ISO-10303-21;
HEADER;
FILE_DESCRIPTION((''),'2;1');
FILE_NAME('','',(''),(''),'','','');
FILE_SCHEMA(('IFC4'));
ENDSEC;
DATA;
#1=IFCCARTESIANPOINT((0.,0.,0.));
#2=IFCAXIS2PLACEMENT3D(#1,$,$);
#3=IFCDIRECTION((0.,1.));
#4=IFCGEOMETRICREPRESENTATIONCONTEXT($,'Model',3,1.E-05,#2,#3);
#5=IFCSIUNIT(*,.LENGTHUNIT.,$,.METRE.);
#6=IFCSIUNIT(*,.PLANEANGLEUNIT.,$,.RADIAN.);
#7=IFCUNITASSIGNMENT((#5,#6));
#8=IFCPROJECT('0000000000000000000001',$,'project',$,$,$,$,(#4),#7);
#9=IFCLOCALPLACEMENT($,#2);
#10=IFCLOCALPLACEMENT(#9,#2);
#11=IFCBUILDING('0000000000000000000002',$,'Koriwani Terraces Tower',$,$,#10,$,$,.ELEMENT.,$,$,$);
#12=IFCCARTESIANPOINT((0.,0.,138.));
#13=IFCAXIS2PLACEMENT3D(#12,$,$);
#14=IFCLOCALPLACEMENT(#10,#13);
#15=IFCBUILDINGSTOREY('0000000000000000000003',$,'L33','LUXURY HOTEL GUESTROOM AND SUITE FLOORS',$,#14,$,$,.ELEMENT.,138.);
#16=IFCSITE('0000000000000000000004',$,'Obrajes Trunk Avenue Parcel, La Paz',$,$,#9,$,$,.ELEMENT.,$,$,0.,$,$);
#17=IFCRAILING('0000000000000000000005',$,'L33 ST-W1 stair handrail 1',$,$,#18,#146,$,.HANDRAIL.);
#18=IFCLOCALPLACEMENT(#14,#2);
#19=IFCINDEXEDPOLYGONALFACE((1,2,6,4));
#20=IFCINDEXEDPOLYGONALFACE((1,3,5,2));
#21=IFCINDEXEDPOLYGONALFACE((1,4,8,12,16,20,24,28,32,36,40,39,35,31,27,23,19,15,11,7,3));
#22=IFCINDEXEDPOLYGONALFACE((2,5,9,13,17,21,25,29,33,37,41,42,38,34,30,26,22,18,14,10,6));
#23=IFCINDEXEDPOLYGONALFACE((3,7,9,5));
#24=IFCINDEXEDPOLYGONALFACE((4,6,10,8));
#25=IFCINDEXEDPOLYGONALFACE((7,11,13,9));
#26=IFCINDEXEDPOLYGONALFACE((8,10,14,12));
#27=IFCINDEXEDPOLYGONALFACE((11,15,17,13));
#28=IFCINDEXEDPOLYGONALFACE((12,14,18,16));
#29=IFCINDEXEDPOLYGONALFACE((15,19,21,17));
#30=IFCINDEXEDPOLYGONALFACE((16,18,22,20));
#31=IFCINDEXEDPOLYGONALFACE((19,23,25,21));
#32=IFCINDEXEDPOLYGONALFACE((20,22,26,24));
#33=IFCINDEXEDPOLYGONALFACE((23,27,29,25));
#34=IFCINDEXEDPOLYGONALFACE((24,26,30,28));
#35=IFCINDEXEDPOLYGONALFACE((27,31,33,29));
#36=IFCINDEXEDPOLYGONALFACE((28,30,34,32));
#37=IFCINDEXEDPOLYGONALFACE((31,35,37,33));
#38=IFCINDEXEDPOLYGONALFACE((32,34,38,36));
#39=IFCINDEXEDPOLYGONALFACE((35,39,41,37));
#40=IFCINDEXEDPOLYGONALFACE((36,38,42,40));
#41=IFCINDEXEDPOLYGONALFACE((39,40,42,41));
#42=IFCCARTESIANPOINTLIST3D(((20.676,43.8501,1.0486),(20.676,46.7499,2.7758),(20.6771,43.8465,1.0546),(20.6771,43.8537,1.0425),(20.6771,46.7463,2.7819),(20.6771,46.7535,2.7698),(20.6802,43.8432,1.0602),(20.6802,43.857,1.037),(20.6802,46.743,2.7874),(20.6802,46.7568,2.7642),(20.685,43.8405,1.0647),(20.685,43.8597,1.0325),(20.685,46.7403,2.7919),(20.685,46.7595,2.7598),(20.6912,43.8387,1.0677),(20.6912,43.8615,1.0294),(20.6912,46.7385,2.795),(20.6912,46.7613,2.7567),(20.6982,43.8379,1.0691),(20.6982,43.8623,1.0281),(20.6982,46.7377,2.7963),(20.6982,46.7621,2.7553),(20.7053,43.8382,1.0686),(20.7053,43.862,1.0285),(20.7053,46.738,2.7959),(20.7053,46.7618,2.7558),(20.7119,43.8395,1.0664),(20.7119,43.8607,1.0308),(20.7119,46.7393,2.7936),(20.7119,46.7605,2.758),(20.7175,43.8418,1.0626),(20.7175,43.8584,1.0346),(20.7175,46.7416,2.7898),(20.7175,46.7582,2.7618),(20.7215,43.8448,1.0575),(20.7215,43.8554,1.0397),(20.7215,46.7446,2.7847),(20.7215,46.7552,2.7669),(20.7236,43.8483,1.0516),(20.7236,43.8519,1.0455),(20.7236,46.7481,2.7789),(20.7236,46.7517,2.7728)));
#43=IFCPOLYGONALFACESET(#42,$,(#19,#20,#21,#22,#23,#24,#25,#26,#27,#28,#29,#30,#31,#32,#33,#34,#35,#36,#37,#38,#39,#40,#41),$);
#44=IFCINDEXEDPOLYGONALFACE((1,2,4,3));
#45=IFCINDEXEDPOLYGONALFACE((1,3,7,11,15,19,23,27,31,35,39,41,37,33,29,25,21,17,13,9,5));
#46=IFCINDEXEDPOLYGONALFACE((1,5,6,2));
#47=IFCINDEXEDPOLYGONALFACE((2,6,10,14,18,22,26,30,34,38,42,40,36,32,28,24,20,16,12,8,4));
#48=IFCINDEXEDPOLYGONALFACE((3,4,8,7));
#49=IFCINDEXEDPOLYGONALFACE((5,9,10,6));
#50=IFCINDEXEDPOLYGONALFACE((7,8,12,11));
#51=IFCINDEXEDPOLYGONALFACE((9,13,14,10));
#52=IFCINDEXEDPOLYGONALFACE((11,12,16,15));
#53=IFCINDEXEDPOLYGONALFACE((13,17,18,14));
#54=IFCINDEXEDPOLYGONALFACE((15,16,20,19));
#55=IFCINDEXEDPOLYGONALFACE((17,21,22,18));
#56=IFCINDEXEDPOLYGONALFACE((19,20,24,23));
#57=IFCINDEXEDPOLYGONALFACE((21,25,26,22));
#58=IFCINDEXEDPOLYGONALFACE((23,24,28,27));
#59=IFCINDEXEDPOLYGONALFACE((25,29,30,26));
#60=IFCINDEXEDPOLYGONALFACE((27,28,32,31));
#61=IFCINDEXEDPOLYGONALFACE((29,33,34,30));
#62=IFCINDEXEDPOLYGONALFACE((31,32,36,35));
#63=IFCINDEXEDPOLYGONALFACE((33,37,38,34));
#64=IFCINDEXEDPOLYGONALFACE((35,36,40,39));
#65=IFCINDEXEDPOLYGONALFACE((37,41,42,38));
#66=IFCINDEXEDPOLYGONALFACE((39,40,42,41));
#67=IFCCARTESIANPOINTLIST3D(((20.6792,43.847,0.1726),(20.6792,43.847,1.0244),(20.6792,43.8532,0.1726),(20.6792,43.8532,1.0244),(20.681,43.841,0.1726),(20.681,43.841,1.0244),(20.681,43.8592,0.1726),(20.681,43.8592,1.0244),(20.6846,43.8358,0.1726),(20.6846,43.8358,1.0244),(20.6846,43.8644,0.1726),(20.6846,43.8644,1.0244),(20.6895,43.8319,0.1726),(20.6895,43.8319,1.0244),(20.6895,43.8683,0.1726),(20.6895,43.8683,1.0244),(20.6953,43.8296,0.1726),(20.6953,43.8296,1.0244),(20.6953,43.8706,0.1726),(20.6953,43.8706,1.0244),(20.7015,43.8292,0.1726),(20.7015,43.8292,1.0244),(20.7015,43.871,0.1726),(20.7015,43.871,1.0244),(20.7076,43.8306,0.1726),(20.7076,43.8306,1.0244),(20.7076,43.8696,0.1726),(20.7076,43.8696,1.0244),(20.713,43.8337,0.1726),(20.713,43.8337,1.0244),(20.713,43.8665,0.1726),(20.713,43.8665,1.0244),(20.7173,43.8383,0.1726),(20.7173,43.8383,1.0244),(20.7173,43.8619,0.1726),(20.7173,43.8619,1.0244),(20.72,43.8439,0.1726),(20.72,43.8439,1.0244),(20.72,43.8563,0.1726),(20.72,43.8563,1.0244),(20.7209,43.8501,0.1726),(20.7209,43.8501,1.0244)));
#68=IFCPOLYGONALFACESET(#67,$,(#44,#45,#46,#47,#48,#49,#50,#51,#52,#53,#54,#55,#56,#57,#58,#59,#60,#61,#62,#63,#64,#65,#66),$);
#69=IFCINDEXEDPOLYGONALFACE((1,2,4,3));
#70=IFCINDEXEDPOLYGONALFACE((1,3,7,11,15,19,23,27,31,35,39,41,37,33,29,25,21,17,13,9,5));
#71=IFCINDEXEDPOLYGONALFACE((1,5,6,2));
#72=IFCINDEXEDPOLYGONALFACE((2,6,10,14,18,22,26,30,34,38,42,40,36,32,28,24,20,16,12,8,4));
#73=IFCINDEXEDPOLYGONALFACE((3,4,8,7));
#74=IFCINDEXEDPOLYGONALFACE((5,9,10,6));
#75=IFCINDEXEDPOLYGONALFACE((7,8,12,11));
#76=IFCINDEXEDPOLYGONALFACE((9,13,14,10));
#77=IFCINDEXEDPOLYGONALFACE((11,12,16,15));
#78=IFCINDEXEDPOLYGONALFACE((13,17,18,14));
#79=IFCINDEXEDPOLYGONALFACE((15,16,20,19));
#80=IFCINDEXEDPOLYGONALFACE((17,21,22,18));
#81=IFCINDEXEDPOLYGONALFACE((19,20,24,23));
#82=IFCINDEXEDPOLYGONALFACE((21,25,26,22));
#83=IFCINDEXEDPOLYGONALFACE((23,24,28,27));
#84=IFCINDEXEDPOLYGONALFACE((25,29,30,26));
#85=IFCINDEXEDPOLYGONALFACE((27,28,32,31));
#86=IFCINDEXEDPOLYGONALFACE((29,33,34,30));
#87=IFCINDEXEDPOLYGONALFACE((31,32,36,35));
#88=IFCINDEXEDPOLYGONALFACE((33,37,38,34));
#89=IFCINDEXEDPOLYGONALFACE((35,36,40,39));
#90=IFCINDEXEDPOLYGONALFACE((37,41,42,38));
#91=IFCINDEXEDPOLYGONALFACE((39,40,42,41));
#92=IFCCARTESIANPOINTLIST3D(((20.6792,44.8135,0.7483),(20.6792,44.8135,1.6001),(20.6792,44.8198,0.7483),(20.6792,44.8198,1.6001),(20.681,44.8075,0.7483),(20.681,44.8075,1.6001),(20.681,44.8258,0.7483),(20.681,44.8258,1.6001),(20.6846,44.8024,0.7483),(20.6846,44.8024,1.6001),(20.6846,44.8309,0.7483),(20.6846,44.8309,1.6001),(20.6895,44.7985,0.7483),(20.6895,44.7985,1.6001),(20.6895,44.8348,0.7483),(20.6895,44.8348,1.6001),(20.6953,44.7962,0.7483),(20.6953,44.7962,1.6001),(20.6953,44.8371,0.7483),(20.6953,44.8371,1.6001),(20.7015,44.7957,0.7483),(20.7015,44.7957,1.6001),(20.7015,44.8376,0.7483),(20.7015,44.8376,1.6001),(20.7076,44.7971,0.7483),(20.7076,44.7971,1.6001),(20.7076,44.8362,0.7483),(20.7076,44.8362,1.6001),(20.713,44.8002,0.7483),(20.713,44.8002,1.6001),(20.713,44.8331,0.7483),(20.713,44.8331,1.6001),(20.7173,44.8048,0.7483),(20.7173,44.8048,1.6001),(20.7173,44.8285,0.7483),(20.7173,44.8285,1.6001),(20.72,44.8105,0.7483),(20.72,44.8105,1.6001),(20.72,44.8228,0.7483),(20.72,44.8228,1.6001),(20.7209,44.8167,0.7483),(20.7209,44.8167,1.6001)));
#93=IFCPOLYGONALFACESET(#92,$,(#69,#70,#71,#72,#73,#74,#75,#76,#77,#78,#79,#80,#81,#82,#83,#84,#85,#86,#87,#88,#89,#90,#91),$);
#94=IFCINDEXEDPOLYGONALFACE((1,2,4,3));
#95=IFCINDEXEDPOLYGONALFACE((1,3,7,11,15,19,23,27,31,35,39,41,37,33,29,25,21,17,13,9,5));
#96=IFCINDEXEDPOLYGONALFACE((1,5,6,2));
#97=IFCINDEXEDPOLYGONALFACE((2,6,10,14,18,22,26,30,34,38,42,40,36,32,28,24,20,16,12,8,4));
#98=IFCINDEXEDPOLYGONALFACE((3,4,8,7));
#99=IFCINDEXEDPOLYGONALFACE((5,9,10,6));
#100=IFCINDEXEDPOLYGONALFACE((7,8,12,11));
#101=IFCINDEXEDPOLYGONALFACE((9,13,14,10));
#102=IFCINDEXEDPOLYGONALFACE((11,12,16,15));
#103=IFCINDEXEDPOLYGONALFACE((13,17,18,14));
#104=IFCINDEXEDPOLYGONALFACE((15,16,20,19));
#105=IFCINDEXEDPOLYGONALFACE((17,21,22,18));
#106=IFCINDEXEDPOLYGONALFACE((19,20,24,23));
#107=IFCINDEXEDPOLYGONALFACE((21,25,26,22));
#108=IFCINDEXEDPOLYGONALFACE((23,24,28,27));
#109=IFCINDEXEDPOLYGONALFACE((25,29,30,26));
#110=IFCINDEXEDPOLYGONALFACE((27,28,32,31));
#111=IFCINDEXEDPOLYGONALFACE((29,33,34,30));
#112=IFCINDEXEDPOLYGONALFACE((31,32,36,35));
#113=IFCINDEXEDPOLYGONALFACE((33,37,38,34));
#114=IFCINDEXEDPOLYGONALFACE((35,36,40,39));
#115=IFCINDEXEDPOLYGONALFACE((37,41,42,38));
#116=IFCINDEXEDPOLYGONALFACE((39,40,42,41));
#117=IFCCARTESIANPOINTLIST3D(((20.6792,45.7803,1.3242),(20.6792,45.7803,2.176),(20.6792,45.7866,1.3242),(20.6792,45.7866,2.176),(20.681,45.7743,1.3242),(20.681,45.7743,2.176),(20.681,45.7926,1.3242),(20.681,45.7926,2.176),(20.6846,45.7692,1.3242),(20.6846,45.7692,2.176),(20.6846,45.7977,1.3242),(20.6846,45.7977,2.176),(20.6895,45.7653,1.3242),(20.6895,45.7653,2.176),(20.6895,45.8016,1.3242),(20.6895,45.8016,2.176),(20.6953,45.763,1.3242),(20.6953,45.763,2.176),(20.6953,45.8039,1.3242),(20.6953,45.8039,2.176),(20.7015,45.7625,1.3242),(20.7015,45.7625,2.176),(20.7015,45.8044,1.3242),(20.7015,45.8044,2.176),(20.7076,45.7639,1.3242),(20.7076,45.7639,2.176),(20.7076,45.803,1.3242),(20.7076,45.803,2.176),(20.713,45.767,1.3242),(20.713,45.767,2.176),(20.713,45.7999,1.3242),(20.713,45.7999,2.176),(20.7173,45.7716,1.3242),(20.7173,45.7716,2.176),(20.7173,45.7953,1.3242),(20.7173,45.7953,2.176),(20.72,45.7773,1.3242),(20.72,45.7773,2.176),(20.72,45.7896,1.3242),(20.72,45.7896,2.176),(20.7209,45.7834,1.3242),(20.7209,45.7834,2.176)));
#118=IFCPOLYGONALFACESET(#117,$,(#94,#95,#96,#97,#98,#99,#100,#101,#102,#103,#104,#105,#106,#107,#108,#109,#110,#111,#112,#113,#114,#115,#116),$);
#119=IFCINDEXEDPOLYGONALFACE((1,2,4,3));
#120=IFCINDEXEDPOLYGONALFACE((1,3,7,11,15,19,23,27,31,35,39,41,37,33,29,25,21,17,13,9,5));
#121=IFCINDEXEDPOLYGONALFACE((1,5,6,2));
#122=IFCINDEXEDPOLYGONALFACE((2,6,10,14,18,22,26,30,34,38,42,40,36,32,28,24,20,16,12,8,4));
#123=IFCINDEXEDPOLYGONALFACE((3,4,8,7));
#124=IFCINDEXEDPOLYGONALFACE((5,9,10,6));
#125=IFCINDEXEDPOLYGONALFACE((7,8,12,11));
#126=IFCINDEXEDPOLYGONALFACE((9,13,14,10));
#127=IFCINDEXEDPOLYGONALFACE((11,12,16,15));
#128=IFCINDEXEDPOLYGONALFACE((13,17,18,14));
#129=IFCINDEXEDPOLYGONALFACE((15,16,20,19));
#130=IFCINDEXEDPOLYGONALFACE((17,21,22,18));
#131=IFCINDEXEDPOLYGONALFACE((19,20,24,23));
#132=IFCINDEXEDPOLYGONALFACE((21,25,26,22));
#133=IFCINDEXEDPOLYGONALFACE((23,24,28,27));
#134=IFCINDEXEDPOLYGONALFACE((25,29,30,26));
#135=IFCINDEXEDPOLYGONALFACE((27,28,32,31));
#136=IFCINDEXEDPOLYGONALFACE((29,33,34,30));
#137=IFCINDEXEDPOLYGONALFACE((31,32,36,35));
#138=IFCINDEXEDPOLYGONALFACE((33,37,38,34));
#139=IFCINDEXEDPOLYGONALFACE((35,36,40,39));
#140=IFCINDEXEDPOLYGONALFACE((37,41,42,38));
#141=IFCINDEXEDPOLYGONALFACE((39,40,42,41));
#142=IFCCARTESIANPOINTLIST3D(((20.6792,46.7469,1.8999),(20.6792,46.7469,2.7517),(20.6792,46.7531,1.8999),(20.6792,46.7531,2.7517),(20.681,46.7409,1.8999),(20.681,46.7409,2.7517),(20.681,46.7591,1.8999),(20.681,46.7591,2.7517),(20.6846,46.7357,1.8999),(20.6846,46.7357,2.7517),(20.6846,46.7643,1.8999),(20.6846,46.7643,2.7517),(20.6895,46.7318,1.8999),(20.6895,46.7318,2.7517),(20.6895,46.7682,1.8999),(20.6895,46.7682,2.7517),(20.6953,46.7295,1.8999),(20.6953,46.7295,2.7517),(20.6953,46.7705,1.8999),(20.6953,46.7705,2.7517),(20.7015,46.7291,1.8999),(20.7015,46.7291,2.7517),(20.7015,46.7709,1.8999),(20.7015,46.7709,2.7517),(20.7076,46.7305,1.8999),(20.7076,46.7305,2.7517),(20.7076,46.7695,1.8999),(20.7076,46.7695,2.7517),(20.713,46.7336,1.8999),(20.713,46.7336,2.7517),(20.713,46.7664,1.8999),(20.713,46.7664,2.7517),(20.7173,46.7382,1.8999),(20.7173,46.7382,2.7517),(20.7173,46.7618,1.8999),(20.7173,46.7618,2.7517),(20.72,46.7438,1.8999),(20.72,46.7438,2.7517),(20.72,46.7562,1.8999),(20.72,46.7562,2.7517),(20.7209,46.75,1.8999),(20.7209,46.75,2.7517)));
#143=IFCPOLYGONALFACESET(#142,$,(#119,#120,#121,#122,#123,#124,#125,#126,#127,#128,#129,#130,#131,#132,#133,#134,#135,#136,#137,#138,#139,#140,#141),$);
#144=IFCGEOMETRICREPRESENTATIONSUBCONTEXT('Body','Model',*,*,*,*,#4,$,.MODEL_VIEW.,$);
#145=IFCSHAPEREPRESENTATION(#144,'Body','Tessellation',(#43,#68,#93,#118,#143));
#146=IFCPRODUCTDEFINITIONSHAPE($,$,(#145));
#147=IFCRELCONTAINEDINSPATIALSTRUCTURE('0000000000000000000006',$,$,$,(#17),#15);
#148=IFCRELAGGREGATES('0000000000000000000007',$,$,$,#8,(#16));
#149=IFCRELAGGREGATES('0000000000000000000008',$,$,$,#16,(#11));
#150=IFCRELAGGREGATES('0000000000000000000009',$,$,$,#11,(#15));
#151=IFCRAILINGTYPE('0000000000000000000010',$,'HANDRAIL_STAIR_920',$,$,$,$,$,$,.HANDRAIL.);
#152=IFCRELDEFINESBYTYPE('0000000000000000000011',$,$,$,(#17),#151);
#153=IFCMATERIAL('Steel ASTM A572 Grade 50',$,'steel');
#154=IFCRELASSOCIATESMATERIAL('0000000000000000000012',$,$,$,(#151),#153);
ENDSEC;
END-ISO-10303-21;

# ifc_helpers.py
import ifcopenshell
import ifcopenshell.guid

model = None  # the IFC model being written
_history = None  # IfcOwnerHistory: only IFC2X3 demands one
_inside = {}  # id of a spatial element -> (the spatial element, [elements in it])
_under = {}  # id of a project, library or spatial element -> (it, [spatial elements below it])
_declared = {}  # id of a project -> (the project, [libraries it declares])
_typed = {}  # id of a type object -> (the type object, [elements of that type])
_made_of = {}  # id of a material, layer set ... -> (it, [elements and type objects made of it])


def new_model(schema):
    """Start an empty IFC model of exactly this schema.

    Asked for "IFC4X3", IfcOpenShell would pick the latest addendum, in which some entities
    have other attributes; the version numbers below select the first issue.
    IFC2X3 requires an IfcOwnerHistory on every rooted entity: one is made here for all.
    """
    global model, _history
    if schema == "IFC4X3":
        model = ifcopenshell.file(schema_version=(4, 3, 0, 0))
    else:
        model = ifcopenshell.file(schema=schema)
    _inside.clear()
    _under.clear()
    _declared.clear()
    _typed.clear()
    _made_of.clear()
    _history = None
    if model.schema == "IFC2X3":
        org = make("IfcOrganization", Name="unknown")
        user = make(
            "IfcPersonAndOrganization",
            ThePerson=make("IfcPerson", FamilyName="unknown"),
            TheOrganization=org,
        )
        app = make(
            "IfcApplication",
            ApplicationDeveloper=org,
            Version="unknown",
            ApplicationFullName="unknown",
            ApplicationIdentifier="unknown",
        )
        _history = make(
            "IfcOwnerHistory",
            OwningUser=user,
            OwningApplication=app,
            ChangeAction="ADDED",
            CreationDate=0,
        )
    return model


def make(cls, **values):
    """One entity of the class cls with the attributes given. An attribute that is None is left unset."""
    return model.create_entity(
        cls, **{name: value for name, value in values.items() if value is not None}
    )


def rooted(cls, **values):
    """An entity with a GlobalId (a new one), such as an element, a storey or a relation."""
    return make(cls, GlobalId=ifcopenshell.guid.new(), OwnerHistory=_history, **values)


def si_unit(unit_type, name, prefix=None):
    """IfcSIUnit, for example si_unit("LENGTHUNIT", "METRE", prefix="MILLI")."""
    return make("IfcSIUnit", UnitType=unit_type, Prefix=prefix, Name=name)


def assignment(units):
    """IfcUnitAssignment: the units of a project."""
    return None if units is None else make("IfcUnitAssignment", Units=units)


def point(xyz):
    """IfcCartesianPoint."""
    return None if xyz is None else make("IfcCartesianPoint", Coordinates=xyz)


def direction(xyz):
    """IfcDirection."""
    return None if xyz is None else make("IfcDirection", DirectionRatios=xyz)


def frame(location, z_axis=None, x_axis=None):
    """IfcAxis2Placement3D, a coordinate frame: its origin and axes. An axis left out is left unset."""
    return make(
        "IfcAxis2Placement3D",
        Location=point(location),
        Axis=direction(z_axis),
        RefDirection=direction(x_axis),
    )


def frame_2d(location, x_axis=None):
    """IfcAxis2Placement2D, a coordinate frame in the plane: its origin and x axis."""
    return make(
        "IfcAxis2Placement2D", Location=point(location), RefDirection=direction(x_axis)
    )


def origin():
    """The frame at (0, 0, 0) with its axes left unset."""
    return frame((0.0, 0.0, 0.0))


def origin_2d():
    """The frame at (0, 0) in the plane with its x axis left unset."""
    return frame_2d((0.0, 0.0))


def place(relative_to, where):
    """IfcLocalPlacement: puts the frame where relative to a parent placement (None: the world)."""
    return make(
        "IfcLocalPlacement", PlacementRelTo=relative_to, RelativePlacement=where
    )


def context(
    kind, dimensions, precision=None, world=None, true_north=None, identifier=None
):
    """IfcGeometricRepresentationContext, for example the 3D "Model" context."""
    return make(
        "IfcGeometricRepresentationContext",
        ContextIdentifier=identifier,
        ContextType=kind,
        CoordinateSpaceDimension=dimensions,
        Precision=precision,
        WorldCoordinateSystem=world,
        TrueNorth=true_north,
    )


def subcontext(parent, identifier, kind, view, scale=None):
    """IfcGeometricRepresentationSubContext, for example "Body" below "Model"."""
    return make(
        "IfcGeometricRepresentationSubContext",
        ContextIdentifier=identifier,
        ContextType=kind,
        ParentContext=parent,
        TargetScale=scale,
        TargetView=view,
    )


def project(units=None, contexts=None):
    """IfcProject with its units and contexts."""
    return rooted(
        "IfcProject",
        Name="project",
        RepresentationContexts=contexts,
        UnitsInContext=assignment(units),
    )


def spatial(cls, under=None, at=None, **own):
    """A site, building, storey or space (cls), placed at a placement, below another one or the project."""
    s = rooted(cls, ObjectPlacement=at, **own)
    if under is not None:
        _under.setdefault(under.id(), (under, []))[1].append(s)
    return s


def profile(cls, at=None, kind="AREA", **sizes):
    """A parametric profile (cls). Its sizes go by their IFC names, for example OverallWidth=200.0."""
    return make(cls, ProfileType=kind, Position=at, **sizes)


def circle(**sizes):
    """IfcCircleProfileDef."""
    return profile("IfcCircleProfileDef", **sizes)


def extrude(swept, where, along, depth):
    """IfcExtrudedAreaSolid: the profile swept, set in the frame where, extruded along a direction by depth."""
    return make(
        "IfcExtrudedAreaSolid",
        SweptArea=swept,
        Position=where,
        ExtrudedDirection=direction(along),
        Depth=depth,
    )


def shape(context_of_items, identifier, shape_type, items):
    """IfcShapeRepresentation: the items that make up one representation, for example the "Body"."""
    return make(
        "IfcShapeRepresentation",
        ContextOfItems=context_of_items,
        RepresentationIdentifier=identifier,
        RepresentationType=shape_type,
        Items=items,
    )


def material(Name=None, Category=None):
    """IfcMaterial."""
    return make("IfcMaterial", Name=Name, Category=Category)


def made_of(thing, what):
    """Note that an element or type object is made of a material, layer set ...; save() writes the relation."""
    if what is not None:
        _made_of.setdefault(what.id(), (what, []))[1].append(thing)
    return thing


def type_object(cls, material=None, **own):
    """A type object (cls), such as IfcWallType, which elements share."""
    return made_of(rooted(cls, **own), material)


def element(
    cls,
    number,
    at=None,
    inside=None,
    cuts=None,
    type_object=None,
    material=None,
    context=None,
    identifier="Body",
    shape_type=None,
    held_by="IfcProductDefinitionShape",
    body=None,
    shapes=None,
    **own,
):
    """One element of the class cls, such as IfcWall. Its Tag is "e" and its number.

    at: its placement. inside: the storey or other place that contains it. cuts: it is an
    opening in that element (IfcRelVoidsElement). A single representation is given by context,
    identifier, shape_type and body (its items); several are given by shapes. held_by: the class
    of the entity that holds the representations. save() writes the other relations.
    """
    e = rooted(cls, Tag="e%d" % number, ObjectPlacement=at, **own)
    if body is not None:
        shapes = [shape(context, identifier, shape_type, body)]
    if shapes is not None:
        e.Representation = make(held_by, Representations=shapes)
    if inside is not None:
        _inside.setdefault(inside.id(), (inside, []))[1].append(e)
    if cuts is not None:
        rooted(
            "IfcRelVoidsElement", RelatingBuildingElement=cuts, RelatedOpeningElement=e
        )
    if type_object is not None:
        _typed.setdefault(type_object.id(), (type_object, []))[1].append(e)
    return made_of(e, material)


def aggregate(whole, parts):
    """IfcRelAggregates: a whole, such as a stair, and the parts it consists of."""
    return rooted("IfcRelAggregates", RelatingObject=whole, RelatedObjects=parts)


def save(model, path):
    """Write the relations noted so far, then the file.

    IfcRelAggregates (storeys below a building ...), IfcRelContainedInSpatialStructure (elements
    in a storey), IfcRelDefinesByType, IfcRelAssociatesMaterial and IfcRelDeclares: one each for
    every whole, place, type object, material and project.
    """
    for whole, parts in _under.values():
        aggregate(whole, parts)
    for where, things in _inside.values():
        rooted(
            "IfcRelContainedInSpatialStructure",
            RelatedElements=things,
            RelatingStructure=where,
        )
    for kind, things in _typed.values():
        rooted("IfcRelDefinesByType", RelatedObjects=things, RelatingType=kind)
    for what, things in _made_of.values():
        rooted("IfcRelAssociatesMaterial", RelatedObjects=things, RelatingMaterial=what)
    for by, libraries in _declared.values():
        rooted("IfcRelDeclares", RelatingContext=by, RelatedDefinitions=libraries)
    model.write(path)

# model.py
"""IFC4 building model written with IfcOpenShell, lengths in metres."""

from ifc_helpers import new_model, si_unit, direction, frame, origin, origin_2d, place, context, subcontext, project, spatial, circle, extrude, material, type_object, element, save


model = new_model("IFC4")

# Units and contexts
model_context = context("Model", 3, precision=1e-05, world=origin(), true_north=direction((0.0, 1.0)))
body_context = subcontext(model_context, "Body", "Model", "MODEL_VIEW")
ifc_project = project(units=[si_unit("LENGTHUNIT", "METRE"), si_unit("PLANEANGLEUNIT", "RADIAN")], contexts=[model_context])

# Site, building, storey
site_placement = place(None, origin())
site = spatial("IfcSite", under=ifc_project, at=site_placement, Name="Obrajes Trunk Avenue Parcel, La Paz", CompositionType="ELEMENT", RefElevation=0.0)
building_placement = place(site_placement, origin())
building = spatial("IfcBuilding", under=site, at=building_placement, Name="Koriwani Terraces Tower", CompositionType="ELEMENT")
storey_placement = place(building_placement, frame((0.0, 0.0, 138.0)))
storey = spatial("IfcBuildingStorey", under=building, at=storey_placement, Name="L33", Description="LUXURY HOTEL GUESTROOM AND SUITE FLOORS", CompositionType="ELEMENT", Elevation=138.0)

# Shared definitions
ifc_material_1 = material(Name="Steel ASTM A572 Grade 50", Category="steel")

# Railing
railing_type_1 = type_object("IfcRailingType", Name="HANDRAIL_STAIR_920", PredefinedType="HANDRAIL", material=ifc_material_1)
railing_1_placement = place(storey_placement, frame((20.7, 43.8501, 0.1726)))
element("IfcRailing", 1, at=railing_1_placement, inside=storey, type_object=railing_type_1, Name="L33 ST-W1 stair handrail 1", PredefinedType="HANDRAIL", context=body_context, shape_type="SweptSolid", body=[
    extrude(circle(Radius=0.0239, at=origin_2d()), frame((0.0, 0.0, 0.876), z_axis=(0.0, 0.859141, 0.511738), x_axis=(-1.0, 0.0, 0.0)), (0.0, 0.0, 1.0), 3.3752),
    extrude(circle(Radius=0.021, at=origin_2d()), origin(), (0.0, 0.0, 1.0), 0.8518),
    extrude(circle(Radius=0.021, at=origin_2d()), frame((0.0, 0.9666, 0.5757)), (0.0, 0.0, 1.0), 0.8518),
    extrude(circle(Radius=0.021, at=origin_2d()), frame((0.0, 1.9333, 1.1516)), (0.0, 0.0, 1.0), 0.8518),
    extrude(circle(Radius=0.021, at=origin_2d()), frame((0.0, 2.8999, 1.7273)), (0.0, 0.0, 1.0), 0.8518),
])

save(model, "model.ifc")
